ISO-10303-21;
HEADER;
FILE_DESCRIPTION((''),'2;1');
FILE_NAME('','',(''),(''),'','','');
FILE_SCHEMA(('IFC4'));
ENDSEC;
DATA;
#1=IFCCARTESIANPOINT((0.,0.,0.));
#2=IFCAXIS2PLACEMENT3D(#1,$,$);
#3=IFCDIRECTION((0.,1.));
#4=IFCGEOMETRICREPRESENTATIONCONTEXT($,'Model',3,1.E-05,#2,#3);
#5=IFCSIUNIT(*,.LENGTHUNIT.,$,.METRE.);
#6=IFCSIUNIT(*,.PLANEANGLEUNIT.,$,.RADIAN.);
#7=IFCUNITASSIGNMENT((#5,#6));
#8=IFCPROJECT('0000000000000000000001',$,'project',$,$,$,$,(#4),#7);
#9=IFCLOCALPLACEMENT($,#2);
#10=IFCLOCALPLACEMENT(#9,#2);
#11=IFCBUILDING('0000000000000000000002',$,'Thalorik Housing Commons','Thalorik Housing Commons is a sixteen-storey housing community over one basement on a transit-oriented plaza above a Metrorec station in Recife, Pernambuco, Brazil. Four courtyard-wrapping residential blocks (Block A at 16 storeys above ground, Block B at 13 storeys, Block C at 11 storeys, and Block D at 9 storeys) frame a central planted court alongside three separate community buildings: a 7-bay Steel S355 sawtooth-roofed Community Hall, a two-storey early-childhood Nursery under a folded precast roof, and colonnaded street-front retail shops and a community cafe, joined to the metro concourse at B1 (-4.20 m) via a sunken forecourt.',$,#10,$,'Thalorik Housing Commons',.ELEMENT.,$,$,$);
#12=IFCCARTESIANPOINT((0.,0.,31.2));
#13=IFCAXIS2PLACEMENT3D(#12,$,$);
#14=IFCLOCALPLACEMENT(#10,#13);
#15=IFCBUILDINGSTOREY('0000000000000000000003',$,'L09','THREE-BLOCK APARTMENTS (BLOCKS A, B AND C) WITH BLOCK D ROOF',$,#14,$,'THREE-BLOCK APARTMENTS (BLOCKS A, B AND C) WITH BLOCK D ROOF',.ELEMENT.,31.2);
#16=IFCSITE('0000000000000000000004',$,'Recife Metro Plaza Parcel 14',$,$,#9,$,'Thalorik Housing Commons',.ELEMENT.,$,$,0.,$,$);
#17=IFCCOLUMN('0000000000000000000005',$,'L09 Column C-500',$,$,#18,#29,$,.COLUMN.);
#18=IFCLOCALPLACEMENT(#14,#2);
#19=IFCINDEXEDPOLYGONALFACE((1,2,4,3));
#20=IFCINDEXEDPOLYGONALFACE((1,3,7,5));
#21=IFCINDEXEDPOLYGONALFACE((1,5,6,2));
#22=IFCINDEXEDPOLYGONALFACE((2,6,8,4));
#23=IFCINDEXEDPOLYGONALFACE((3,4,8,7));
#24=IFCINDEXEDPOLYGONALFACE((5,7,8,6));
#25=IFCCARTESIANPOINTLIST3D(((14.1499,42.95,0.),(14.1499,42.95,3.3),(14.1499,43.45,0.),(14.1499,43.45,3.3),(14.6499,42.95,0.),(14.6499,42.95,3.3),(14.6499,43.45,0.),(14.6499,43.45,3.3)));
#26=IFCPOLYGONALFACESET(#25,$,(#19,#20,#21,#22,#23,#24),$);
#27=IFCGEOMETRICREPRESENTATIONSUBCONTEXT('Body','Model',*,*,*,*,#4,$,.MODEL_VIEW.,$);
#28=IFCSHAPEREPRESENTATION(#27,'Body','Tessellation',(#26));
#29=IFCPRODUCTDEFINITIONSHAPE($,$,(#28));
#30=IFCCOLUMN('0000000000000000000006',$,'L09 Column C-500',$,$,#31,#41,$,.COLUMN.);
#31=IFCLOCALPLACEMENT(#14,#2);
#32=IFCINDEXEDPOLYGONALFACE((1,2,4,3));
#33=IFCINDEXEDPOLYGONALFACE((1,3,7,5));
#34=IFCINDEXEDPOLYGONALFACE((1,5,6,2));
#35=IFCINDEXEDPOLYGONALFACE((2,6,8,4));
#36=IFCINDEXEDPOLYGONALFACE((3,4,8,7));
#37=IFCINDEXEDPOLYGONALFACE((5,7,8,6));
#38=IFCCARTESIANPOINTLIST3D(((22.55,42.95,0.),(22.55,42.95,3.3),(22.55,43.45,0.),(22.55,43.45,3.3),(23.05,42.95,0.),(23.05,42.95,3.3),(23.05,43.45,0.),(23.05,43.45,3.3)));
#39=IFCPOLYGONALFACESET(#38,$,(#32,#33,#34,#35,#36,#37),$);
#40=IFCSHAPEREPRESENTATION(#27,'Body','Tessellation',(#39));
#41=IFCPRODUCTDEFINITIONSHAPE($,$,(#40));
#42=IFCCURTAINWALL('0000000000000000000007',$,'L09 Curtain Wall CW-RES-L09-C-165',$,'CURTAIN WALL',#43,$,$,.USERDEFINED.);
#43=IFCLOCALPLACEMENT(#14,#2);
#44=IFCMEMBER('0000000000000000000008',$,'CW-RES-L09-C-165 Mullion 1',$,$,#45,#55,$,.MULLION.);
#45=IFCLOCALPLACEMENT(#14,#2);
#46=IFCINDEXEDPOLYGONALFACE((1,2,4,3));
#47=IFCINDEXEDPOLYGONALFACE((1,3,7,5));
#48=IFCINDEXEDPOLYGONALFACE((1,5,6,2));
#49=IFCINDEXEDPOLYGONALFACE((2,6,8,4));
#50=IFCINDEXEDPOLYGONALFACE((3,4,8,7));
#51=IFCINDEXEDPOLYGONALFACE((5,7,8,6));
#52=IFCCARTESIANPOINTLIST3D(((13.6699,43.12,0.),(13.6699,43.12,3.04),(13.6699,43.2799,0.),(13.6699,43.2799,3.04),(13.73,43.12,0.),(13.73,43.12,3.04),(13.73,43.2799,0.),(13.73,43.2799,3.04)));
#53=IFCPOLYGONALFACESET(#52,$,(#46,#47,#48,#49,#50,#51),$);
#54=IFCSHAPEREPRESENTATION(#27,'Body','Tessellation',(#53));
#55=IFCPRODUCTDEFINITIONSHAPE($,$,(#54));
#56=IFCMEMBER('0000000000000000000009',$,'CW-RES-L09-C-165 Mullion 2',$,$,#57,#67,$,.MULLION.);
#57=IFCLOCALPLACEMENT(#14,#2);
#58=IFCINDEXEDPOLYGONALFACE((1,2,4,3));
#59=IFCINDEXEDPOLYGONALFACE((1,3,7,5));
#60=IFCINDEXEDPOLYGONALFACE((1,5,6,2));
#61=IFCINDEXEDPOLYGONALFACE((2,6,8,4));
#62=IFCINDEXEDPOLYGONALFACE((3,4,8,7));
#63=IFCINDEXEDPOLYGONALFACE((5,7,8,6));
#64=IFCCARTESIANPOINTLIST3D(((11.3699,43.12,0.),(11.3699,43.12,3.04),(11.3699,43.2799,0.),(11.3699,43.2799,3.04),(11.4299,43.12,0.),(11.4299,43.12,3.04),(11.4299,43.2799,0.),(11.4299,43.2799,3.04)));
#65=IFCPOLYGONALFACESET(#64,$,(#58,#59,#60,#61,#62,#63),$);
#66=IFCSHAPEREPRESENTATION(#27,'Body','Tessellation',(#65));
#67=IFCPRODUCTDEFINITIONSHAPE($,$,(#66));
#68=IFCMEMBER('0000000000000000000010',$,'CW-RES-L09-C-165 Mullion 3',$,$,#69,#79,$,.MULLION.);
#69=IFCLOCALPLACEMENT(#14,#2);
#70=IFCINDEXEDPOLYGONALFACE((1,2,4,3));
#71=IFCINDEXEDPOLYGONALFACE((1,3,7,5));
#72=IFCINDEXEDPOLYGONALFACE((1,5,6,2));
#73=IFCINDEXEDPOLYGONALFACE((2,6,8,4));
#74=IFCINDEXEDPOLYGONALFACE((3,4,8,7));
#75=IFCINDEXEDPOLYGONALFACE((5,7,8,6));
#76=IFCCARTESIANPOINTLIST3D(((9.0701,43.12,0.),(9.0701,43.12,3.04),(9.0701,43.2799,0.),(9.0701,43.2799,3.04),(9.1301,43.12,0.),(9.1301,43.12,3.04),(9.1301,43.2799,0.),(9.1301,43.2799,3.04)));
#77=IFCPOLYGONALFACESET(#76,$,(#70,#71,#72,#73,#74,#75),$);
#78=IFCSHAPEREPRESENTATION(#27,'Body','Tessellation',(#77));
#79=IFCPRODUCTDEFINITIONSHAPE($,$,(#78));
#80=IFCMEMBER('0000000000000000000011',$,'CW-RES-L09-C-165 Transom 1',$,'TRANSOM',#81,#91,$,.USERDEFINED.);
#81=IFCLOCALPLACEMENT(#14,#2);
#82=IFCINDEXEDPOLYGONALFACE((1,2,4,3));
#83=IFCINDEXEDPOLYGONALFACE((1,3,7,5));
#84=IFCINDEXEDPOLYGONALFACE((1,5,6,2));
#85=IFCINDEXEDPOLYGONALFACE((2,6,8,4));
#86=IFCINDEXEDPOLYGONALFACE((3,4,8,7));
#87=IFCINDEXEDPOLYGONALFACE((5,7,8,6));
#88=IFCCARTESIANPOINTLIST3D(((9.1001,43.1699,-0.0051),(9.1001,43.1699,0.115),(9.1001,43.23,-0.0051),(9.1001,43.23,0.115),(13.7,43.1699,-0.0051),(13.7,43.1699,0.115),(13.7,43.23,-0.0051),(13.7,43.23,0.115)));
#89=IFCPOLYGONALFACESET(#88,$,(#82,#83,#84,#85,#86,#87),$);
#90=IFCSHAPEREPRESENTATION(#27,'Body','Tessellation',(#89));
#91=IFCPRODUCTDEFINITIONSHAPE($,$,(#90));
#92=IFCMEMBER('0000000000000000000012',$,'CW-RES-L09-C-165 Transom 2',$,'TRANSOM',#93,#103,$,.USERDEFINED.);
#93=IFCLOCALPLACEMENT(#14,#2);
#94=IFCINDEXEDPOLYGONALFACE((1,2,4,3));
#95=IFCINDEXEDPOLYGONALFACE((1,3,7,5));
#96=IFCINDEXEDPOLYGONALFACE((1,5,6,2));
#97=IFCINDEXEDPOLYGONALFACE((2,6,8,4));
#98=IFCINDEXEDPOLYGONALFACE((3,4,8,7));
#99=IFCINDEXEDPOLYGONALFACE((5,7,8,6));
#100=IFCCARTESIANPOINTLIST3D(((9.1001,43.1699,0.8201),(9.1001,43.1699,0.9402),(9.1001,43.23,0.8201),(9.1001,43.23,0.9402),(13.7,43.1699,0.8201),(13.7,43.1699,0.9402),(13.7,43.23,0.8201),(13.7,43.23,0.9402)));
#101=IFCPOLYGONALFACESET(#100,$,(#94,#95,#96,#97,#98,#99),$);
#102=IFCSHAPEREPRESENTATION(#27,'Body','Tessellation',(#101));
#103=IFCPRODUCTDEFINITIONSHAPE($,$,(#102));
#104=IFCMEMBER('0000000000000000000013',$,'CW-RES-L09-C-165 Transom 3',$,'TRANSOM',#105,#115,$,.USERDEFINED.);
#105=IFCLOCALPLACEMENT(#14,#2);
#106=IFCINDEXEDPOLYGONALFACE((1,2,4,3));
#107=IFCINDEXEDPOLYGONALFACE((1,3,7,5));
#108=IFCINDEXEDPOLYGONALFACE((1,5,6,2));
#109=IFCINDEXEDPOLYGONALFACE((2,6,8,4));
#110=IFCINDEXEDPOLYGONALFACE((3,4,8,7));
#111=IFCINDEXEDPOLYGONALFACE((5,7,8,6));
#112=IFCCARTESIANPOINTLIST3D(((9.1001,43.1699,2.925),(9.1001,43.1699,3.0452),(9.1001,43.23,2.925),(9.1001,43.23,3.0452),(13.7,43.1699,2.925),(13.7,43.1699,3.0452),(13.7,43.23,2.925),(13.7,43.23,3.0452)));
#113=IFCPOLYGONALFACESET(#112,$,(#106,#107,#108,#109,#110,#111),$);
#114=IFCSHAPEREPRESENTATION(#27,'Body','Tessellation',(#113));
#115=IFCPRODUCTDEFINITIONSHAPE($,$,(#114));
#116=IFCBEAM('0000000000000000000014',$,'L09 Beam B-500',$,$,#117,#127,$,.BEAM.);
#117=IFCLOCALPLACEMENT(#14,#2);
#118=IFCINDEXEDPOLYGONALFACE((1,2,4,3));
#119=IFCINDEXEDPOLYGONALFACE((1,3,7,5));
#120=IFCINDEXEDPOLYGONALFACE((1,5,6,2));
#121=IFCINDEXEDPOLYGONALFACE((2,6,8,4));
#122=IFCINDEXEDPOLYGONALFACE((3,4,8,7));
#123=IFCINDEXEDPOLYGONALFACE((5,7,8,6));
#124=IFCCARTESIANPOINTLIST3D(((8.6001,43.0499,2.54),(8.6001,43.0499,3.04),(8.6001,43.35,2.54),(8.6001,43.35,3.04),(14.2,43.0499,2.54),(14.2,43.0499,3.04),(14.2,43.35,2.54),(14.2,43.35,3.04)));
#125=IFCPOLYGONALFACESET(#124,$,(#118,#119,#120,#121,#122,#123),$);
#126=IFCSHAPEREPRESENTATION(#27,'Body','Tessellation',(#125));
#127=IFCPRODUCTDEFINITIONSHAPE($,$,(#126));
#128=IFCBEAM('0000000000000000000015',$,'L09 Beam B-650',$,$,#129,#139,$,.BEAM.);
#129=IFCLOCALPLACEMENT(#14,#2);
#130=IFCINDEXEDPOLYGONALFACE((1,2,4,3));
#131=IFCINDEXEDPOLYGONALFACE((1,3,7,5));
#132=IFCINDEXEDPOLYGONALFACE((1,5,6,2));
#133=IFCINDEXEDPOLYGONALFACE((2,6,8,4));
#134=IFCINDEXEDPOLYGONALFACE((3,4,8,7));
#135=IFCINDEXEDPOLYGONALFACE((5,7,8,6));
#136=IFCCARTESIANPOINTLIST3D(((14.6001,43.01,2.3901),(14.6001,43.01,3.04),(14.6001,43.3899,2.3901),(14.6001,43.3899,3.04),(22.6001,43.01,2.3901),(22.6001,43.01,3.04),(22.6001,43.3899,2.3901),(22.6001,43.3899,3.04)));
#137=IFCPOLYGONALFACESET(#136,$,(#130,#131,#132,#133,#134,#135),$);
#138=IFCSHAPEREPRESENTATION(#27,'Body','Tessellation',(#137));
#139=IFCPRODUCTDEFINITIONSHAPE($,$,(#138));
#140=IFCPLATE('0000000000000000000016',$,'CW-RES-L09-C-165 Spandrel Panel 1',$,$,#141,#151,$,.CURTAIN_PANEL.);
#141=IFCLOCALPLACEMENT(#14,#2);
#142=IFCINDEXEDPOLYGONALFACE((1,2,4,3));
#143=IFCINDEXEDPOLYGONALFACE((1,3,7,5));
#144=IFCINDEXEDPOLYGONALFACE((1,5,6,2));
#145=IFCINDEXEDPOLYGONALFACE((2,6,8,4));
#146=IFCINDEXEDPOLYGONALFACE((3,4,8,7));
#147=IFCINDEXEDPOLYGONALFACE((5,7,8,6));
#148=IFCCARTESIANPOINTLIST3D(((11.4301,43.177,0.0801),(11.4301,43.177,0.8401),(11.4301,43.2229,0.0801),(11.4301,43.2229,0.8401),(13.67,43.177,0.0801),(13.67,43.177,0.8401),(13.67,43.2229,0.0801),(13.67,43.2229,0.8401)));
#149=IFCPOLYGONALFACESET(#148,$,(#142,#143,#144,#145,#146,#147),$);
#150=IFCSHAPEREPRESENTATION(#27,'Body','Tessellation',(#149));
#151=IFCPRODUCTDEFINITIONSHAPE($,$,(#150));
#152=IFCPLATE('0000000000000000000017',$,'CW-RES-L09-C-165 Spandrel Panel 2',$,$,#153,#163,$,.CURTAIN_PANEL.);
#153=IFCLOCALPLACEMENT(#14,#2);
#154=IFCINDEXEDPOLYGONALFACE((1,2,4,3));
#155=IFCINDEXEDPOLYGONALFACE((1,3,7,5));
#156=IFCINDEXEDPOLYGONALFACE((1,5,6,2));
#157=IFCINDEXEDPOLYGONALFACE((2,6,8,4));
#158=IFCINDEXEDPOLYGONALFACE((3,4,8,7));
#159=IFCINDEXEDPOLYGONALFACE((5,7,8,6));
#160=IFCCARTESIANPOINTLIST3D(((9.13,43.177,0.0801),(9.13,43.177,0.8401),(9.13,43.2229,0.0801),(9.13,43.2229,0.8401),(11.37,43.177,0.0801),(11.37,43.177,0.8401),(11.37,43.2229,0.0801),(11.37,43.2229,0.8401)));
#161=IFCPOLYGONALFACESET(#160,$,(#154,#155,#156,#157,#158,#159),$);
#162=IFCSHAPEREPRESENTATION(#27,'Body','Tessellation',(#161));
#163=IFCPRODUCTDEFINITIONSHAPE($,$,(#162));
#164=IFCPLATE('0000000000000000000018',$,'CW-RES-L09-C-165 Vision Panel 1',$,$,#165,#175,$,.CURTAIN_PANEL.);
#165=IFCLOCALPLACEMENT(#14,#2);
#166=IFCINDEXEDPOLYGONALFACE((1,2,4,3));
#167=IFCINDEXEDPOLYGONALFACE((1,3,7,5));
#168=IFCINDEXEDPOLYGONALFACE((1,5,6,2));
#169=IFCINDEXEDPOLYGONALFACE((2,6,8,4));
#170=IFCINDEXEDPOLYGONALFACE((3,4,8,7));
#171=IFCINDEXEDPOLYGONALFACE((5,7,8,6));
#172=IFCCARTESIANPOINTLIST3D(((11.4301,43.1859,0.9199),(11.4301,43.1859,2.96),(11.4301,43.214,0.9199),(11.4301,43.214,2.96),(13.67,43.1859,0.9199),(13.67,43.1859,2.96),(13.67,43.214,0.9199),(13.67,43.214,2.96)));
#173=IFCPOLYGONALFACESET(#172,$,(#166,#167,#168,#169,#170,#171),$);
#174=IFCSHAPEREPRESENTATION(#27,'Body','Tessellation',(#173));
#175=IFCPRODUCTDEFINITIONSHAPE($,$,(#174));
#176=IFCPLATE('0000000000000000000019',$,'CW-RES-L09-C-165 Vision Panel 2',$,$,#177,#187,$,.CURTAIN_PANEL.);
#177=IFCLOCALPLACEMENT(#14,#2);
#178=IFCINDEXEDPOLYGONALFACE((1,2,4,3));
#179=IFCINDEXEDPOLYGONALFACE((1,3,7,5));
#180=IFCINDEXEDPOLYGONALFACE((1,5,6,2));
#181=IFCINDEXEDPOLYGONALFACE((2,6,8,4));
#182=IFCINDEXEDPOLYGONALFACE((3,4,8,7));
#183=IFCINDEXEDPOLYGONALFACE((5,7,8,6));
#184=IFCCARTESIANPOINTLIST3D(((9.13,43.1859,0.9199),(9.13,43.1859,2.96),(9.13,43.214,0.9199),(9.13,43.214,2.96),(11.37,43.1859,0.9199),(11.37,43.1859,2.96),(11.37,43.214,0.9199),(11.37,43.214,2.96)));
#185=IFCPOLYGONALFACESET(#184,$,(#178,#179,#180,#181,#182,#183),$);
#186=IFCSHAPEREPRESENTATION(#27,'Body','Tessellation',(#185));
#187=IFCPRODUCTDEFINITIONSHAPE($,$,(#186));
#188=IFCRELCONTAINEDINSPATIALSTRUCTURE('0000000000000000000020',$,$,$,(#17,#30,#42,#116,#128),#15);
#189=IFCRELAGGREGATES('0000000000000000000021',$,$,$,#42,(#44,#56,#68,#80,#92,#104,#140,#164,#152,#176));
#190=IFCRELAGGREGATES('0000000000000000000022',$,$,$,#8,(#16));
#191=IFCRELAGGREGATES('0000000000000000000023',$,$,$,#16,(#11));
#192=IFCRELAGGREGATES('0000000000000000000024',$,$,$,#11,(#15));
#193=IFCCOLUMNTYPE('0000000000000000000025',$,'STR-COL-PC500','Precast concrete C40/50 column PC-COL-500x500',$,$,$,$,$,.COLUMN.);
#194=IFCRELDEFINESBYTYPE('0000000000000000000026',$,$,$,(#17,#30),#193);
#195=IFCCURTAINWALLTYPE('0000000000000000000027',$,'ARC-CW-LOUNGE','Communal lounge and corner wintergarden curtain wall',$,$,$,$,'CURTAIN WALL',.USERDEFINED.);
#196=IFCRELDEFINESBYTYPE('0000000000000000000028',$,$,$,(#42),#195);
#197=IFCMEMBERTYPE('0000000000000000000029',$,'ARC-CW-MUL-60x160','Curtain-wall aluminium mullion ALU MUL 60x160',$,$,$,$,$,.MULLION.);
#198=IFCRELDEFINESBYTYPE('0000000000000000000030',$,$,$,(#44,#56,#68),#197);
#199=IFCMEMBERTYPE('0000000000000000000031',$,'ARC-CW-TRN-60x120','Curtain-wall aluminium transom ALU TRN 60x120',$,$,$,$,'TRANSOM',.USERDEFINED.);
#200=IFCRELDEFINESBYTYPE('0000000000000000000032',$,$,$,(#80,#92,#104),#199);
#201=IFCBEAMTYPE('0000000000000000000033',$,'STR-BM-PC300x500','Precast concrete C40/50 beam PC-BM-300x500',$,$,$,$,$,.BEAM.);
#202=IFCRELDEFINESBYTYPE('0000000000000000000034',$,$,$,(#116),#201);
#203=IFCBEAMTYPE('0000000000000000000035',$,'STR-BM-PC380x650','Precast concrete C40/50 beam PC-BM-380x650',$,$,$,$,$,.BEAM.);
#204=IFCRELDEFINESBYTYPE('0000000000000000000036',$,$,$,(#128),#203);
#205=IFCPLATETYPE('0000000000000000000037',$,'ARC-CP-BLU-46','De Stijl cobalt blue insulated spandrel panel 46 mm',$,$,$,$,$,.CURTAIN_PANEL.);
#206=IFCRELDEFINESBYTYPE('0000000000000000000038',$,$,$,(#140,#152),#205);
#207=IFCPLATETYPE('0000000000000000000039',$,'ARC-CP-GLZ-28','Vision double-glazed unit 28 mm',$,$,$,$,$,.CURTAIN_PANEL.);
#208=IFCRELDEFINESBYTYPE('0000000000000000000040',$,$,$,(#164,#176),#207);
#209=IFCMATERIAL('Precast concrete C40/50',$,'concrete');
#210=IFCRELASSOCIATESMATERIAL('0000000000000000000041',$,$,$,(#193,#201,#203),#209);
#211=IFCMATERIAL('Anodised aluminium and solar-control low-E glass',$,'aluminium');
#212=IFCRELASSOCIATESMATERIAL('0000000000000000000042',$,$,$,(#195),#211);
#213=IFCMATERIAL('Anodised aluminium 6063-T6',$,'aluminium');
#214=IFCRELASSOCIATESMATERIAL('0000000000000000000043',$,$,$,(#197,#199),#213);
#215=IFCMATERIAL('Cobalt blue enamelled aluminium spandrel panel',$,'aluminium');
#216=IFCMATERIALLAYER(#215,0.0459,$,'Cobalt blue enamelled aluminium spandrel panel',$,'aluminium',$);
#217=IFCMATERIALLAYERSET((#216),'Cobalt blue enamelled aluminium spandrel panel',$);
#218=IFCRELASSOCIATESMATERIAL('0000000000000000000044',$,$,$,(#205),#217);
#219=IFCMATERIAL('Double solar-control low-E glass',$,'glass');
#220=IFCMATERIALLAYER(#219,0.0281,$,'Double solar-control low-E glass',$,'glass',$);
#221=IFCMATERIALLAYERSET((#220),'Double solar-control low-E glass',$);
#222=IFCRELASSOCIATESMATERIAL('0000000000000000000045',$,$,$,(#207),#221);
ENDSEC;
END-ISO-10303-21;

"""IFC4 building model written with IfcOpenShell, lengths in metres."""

from ifc_helpers import new_model, si_unit, direction, frame, origin, origin_2d, place, context, subcontext, project, spatial, rectangle, extrude, material, layer, layer_set, material_profile, profile_set, type_object, element, aggregate, save


model = new_model("IFC4")

# Units and contexts
model_context = context("Model", 3, precision=1e-05, world=origin(), true_north=direction((0.0, 1.0)))
body_context = subcontext(model_context, "Body", "Model", "MODEL_VIEW")
ifc_project = project(units=[si_unit("LENGTHUNIT", "METRE"), si_unit("PLANEANGLEUNIT", "RADIAN")], contexts=[model_context])

# Site, building, storey
site_placement = place(None, origin())
site = spatial("IfcSite", under=ifc_project, at=site_placement, Name="Recife Metro Plaza Parcel 14", LongName="Thalorik Housing Commons", CompositionType="ELEMENT", RefElevation=0.0)
building_placement = place(site_placement, origin())
building = spatial("IfcBuilding", under=site, at=building_placement, Name="Thalorik Housing Commons", Description="Thalorik Housing Commons is a sixteen-storey housing community over one basement on a transit-oriented plaza above a Metrorec station in Recife, Pernambuco, Brazil. Four courtyard-wrapping residential blocks (Block A at 16 storeys above ground, Block B at 13 storeys, Block C at 11 storeys, and Block D at 9 storeys) frame a central planted court alongside three separate community buildings: a 7-bay Steel S355 sawtooth-roofed Community Hall, a two-storey early-childhood Nursery under a folded precast roof, and colonnaded street-front retail shops and a community cafe, joined to the metro concourse at B1 (-4.20 m) via a sunken forecourt.", LongName="Thalorik Housing Commons", CompositionType="ELEMENT")
storey_placement = place(building_placement, frame((0.0, 0.0, 31.2)))
storey = spatial("IfcBuildingStorey", under=building, at=storey_placement, Name="L09", Description="THREE-BLOCK APARTMENTS (BLOCKS A, B AND C) WITH BLOCK D ROOF", LongName="THREE-BLOCK APARTMENTS (BLOCKS A, B AND C) WITH BLOCK D ROOF", CompositionType="ELEMENT", Elevation=31.2)

# Columns
ifc_material_1 = material(Name="Precast concrete C40/50", Category="concrete")
ifc_material_profile_1 = material_profile(ifc_material_1, rectangle(XDim=0.5, YDim=0.5, at=origin_2d()), Name="PC 500x500", Category="concrete")
ifc_profile_set_1 = profile_set([ifc_material_profile_1], Name="Precast concrete C40/50")
column_type = type_object("IfcColumnType", Name="STR-COL-PC500", Description="Precast concrete C40/50 column PC-COL-500x500", PredefinedType="COLUMN", material=ifc_profile_set_1)
for number, where, z_axis, x_axis, name in (
    (1, (14.3999, 43.2, 0.0), (0.0, 0.0, 1.0), (1.0, 0.0, 0.0), "L09 Column C-500"),
    (2, (22.8, 43.2, 0.0), (0.0, 0.0, 1.0), (1.0, 0.0, 0.0), "L09 Column C-500"),
):
    element("IfcColumn", number, at=place(storey_placement, frame(where, z_axis=z_axis, x_axis=x_axis)), inside=storey, type_object=column_type, Name=name, PredefinedType="COLUMN", context=body_context, shape_type="SweptSolid", body=[
        extrude(rectangle(XDim=0.5, YDim=0.5, at=origin_2d()), origin(), (0.0, 0.0, 1.0), 3.3),
    ])

# Curtain wall, members
ifc_material_2 = material(Name="Anodised aluminium and solar-control low-E glass", Category="aluminium")
curtain_wall_type = type_object("IfcCurtainWallType", Name="ARC-CW-LOUNGE", Description="Communal lounge and corner wintergarden curtain wall", ElementType="CURTAIN WALL", PredefinedType="USERDEFINED", material=ifc_material_2)
curtain_wall_placement = place(storey_placement, origin())
curtain_wall = element("IfcCurtainWall", 3, at=curtain_wall_placement, inside=storey, type_object=curtain_wall_type, Name="L09 Curtain Wall CW-RES-L09-C-165", ObjectType="CURTAIN WALL", PredefinedType="USERDEFINED")
ifc_material_3 = material(Name="Anodised aluminium 6063-T6", Category="aluminium")
ifc_material_profile_2 = material_profile(ifc_material_3, rectangle(XDim=0.0601, YDim=0.1599, at=origin_2d()), Name="ALU MUL 60x160", Category="aluminium")
ifc_profile_set_2 = profile_set([ifc_material_profile_2], Name="Anodised aluminium 6063-T6")
member_type_1 = type_object("IfcMemberType", Name="ARC-CW-MUL-60x160", Description="Curtain-wall aluminium mullion ALU MUL 60x160", PredefinedType="MULLION", material=ifc_profile_set_2)
member_1_placement = place(storey_placement, frame((13.7, 43.2, 0.0), z_axis=(0.0, 0.0, 1.0), x_axis=(-1.0, 0.0, 0.0)))
member_1 = element("IfcMember", 4, at=member_1_placement, type_object=member_type_1, Name="CW-RES-L09-C-165 Mullion 1", PredefinedType="MULLION", context=body_context, shape_type="SweptSolid", body=[
    extrude(rectangle(XDim=0.0601, YDim=0.1599, at=origin_2d()), origin(), (0.0, 0.0, 1.0), 3.04),
])
member_2_placement = place(storey_placement, frame((11.3999, 43.2, 0.0), z_axis=(0.0, 0.0, 1.0), x_axis=(-1.0, 0.0, 0.0)))
member_2 = element("IfcMember", 5, at=member_2_placement, type_object=member_type_1, Name="CW-RES-L09-C-165 Mullion 2", PredefinedType="MULLION", context=body_context, shape_type="SweptSolid", body=[
    extrude(rectangle(XDim=0.0601, YDim=0.1599, at=origin_2d()), origin(), (0.0, 0.0, 1.0), 3.04),
])
member_3_placement = place(storey_placement, frame((9.1001, 43.2, 0.0), z_axis=(0.0, 0.0, 1.0), x_axis=(-1.0, 0.0, 0.0)))
member_3 = element("IfcMember", 6, at=member_3_placement, type_object=member_type_1, Name="CW-RES-L09-C-165 Mullion 3", PredefinedType="MULLION", context=body_context, shape_type="SweptSolid", body=[
    extrude(rectangle(XDim=0.0601, YDim=0.1599, at=origin_2d()), origin(), (0.0, 0.0, 1.0), 3.04),
])
ifc_material_profile_3 = material_profile(ifc_material_3, rectangle(XDim=0.0601, YDim=0.1201, at=origin_2d()), Name="ALU TRN 60x120", Category="aluminium")
ifc_profile_set_3 = profile_set([ifc_material_profile_3], Name="Anodised aluminium 6063-T6")
member_type_2 = type_object("IfcMemberType", Name="ARC-CW-TRN-60x120", Description="Curtain-wall aluminium transom ALU TRN 60x120", ElementType="TRANSOM", PredefinedType="USERDEFINED", material=ifc_profile_set_3)
member_4_placement = place(storey_placement, frame((13.7, 43.2, 0.0549), z_axis=(-1.0, 0.0, 0.0), x_axis=(0.0, -1.0, 0.0)))
member_4 = element("IfcMember", 7, at=member_4_placement, type_object=member_type_2, Name="CW-RES-L09-C-165 Transom 1", ObjectType="TRANSOM", PredefinedType="USERDEFINED", context=body_context, shape_type="SweptSolid", body=[
    extrude(rectangle(XDim=0.0601, YDim=0.1201, at=origin_2d()), origin(), (0.0, 0.0, 1.0), 4.5999),
])
member_5_placement = place(storey_placement, frame((13.7, 43.2, 0.8801), z_axis=(-1.0, 0.0, 0.0), x_axis=(0.0, -1.0, 0.0)))
member_5 = element("IfcMember", 8, at=member_5_placement, type_object=member_type_2, Name="CW-RES-L09-C-165 Transom 2", ObjectType="TRANSOM", PredefinedType="USERDEFINED", context=body_context, shape_type="SweptSolid", body=[
    extrude(rectangle(XDim=0.0601, YDim=0.1201, at=origin_2d()), origin(), (0.0, 0.0, 1.0), 4.5999),
])
member_6_placement = place(storey_placement, frame((13.7, 43.2, 2.9851), z_axis=(-1.0, 0.0, 0.0), x_axis=(0.0, -1.0, 0.0)))
member_6 = element("IfcMember", 9, at=member_6_placement, type_object=member_type_2, Name="CW-RES-L09-C-165 Transom 3", ObjectType="TRANSOM", PredefinedType="USERDEFINED", context=body_context, shape_type="SweptSolid", body=[
    extrude(rectangle(XDim=0.0601, YDim=0.1201, at=origin_2d()), origin(), (0.0, 0.0, 1.0), 4.5999),
])

# Beams
ifc_material_profile_4 = material_profile(ifc_material_1, rectangle(XDim=0.3, YDim=0.5, at=origin_2d()), Name="PC 300x500", Category="concrete")
ifc_profile_set_4 = profile_set([ifc_material_profile_4], Name="Precast concrete C40/50")
beam_type_1 = type_object("IfcBeamType", Name="STR-BM-PC300x500", Description="Precast concrete C40/50 beam PC-BM-300x500", PredefinedType="BEAM", material=ifc_profile_set_4)
beam_1_placement = place(storey_placement, frame((8.6001, 43.2, 2.79), z_axis=(1.0, 0.0, 0.0), x_axis=(0.0, 1.0, 0.0)))
element("IfcBeam", 10, at=beam_1_placement, inside=storey, type_object=beam_type_1, Name="L09 Beam B-500", PredefinedType="BEAM", context=body_context, shape_type="SweptSolid", body=[
    extrude(rectangle(XDim=0.3, YDim=0.5, at=origin_2d()), origin(), (0.0, 0.0, 1.0), 5.5999),
])
ifc_material_profile_5 = material_profile(ifc_material_1, rectangle(XDim=0.3799, YDim=0.6499, at=origin_2d()), Name="PC 380x650", Category="concrete")
ifc_profile_set_5 = profile_set([ifc_material_profile_5], Name="Precast concrete C40/50")
beam_type_2 = type_object("IfcBeamType", Name="STR-BM-PC380x650", Description="Precast concrete C40/50 beam PC-BM-380x650", PredefinedType="BEAM", material=ifc_profile_set_5)
beam_2_placement = place(storey_placement, frame((14.6001, 43.2, 2.7151), z_axis=(1.0, 0.0, 0.0), x_axis=(0.0, 1.0, 0.0)))
element("IfcBeam", 11, at=beam_2_placement, inside=storey, type_object=beam_type_2, Name="L09 Beam B-650", PredefinedType="BEAM", context=body_context, shape_type="SweptSolid", body=[
    extrude(rectangle(XDim=0.3799, YDim=0.6499, at=origin_2d()), origin(), (0.0, 0.0, 1.0), 8.0),
])

# Plates
ifc_material_4 = material(Name="Cobalt blue enamelled aluminium spandrel panel", Category="aluminium")
ifc_layer_1 = layer(ifc_material_4, 0.0459, Name="Cobalt blue enamelled aluminium spandrel panel", Category="aluminium")
ifc_layer_set_1 = layer_set([ifc_layer_1], Name="Cobalt blue enamelled aluminium spandrel panel")
plate_type_1 = type_object("IfcPlateType", Name="ARC-CP-BLU-46", Description="De Stijl cobalt blue insulated spandrel panel 46 mm", PredefinedType="CURTAIN_PANEL", material=ifc_layer_set_1)
plate_1_placement = place(storey_placement, frame((12.55, 43.2, 0.0801), z_axis=(0.0, 0.0, 1.0), x_axis=(-1.0, 0.0, 0.0)))
plate_1 = element("IfcPlate", 12, at=plate_1_placement, type_object=plate_type_1, Name="CW-RES-L09-C-165 Spandrel Panel 1", PredefinedType="CURTAIN_PANEL", context=body_context, shape_type="SweptSolid", body=[
    extrude(rectangle(XDim=2.24, YDim=0.0459, at=origin_2d()), origin(), (0.0, 0.0, 1.0), 0.76),
])
plate_2_placement = place(storey_placement, frame((10.25, 43.2, 0.0801), z_axis=(0.0, 0.0, 1.0), x_axis=(-1.0, 0.0, 0.0)))
plate_2 = element("IfcPlate", 13, at=plate_2_placement, type_object=plate_type_1, Name="CW-RES-L09-C-165 Spandrel Panel 2", PredefinedType="CURTAIN_PANEL", context=body_context, shape_type="SweptSolid", body=[
    extrude(rectangle(XDim=2.24, YDim=0.0459, at=origin_2d()), origin(), (0.0, 0.0, 1.0), 0.76),
])
ifc_material_5 = material(Name="Double solar-control low-E glass", Category="glass")
ifc_layer_2 = layer(ifc_material_5, 0.0281, Name="Double solar-control low-E glass", Category="glass")
ifc_layer_set_2 = layer_set([ifc_layer_2], Name="Double solar-control low-E glass")
plate_type_2 = type_object("IfcPlateType", Name="ARC-CP-GLZ-28", Description="Vision double-glazed unit 28 mm", PredefinedType="CURTAIN_PANEL", material=ifc_layer_set_2)
plate_3_placement = place(storey_placement, frame((12.55, 43.2, 0.9199), z_axis=(0.0, 0.0, 1.0), x_axis=(-1.0, 0.0, 0.0)))
plate_3 = element("IfcPlate", 14, at=plate_3_placement, type_object=plate_type_2, Name="CW-RES-L09-C-165 Vision Panel 1", PredefinedType="CURTAIN_PANEL", context=body_context, shape_type="SweptSolid", body=[
    extrude(rectangle(XDim=2.24, YDim=0.0281, at=origin_2d()), origin(), (0.0, 0.0, 1.0), 2.04),
])
plate_4_placement = place(storey_placement, frame((10.25, 43.2, 0.9199), z_axis=(0.0, 0.0, 1.0), x_axis=(-1.0, 0.0, 0.0)))
plate_4 = element("IfcPlate", 15, at=plate_4_placement, type_object=plate_type_2, Name="CW-RES-L09-C-165 Vision Panel 2", PredefinedType="CURTAIN_PANEL", context=body_context, shape_type="SweptSolid", body=[
    extrude(rectangle(XDim=2.24, YDim=0.0281, at=origin_2d()), origin(), (0.0, 0.0, 1.0), 2.04),
])
aggregate(curtain_wall, [member_1, member_2, member_3, member_4, member_5, member_6, plate_1, plate_3, plate_2, plate_4])

save(model, "model.ifc")
